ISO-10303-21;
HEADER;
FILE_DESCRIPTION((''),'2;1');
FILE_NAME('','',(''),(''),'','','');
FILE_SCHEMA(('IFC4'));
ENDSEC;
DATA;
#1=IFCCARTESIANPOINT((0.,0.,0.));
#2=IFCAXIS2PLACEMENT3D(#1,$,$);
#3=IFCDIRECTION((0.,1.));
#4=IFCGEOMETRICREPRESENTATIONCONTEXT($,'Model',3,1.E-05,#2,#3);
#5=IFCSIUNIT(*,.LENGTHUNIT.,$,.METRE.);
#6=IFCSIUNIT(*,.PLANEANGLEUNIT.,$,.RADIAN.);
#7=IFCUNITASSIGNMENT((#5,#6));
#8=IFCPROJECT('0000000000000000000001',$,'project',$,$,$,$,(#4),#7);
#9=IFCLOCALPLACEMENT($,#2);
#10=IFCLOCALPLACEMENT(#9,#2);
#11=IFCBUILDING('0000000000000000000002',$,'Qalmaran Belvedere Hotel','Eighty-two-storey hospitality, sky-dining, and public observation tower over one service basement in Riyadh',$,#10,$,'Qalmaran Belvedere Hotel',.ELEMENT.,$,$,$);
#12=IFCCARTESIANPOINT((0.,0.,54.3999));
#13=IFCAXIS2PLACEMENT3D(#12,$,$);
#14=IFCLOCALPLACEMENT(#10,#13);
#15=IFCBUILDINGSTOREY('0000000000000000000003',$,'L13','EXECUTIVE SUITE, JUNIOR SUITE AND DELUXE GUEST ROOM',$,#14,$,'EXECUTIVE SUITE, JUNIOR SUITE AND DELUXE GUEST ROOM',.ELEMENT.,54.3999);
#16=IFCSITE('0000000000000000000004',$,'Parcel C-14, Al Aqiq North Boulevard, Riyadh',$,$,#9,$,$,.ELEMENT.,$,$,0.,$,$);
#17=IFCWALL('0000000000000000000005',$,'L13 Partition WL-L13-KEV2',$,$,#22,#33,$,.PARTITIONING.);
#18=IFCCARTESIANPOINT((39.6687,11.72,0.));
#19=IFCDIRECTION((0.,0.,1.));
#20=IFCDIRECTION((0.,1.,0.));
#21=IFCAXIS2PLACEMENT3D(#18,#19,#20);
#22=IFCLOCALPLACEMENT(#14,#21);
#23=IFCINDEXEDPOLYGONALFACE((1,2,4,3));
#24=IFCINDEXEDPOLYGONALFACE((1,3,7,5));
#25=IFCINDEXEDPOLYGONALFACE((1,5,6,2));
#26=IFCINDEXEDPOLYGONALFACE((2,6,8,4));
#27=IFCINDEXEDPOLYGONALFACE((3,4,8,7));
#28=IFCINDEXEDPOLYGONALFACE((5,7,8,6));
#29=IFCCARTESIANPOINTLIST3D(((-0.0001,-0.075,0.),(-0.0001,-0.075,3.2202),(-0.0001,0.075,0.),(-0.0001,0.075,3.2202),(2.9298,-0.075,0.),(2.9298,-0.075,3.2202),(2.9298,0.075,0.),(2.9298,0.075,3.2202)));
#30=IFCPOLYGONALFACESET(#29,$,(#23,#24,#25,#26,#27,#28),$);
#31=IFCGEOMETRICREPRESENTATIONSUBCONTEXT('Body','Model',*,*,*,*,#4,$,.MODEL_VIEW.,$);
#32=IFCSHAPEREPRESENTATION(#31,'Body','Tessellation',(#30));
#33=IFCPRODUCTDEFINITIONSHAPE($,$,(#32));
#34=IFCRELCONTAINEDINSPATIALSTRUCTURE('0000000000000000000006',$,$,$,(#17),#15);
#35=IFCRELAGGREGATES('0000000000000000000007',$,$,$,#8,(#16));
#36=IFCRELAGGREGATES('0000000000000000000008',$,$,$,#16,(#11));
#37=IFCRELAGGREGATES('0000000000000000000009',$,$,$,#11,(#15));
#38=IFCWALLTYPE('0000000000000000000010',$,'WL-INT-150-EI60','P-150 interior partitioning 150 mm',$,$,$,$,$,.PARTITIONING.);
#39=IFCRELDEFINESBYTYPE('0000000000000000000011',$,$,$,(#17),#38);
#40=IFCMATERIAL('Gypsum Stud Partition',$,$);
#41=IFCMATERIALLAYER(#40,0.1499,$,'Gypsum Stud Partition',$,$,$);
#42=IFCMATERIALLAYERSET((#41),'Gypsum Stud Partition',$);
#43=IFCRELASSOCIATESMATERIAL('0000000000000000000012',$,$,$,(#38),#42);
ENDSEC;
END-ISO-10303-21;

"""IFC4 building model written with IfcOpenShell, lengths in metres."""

from ifc_helpers import new_model, si_unit, direction, frame, frame_2d, origin, place, context, subcontext, project, spatial, rectangle, extrude, material, layer, layer_set, type_object, element, save


model = new_model("IFC4")

# Units and contexts
model_context = context("Model", 3, precision=1e-05, world=origin(), true_north=direction((0.0, 1.0)))
body_context = subcontext(model_context, "Body", "Model", "MODEL_VIEW")
ifc_project = project(units=[si_unit("LENGTHUNIT", "METRE"), si_unit("PLANEANGLEUNIT", "RADIAN")], contexts=[model_context])

# Site, building, storey
site_placement = place(None, origin())
site = spatial("IfcSite", under=ifc_project, at=site_placement, Name="Parcel C-14, Al Aqiq North Boulevard, Riyadh", CompositionType="ELEMENT", RefElevation=0.0)
building_placement = place(site_placement, origin())
building = spatial("IfcBuilding", under=site, at=building_placement, Name="Qalmaran Belvedere Hotel", Description="Eighty-two-storey hospitality, sky-dining, and public observation tower over one service basement in Riyadh", LongName="Qalmaran Belvedere Hotel", CompositionType="ELEMENT")
storey_placement = place(building_placement, frame((0.0, 0.0, 54.3999)))
storey = spatial("IfcBuildingStorey", under=building, at=storey_placement, Name="L13", Description="EXECUTIVE SUITE, JUNIOR SUITE AND DELUXE GUEST ROOM", LongName="EXECUTIVE SUITE, JUNIOR SUITE AND DELUXE GUEST ROOM", CompositionType="ELEMENT", Elevation=54.3999)

# Wall
ifc_material_1 = material(Name="Gypsum Stud Partition")
ifc_layer_1 = layer(ifc_material_1, 0.1499, Name="Gypsum Stud Partition")
ifc_layer_set_1 = layer_set([ifc_layer_1], Name="Gypsum Stud Partition")
wall_type_1 = type_object("IfcWallType", Name="WL-INT-150-EI60", Description="P-150 interior partitioning 150 mm", PredefinedType="PARTITIONING", material=ifc_layer_set_1)
wall_1_placement = place(storey_placement, frame((39.6687, 11.72, 0.0), z_axis=(0.0, 0.0, 1.0), x_axis=(0.0, 1.0, 0.0)))
element("IfcWall", 1, at=wall_1_placement, inside=storey, type_object=wall_type_1, Name="L13 Partition WL-L13-KEV2", PredefinedType="PARTITIONING", context=body_context, shape_type="SweptSolid", body=[
    extrude(rectangle(XDim=2.9299, YDim=0.1499, at=frame_2d((1.4648, 0.0))), origin(), (0.0, 0.0, 1.0), 3.2202),
])

save(model, "model.ifc")
